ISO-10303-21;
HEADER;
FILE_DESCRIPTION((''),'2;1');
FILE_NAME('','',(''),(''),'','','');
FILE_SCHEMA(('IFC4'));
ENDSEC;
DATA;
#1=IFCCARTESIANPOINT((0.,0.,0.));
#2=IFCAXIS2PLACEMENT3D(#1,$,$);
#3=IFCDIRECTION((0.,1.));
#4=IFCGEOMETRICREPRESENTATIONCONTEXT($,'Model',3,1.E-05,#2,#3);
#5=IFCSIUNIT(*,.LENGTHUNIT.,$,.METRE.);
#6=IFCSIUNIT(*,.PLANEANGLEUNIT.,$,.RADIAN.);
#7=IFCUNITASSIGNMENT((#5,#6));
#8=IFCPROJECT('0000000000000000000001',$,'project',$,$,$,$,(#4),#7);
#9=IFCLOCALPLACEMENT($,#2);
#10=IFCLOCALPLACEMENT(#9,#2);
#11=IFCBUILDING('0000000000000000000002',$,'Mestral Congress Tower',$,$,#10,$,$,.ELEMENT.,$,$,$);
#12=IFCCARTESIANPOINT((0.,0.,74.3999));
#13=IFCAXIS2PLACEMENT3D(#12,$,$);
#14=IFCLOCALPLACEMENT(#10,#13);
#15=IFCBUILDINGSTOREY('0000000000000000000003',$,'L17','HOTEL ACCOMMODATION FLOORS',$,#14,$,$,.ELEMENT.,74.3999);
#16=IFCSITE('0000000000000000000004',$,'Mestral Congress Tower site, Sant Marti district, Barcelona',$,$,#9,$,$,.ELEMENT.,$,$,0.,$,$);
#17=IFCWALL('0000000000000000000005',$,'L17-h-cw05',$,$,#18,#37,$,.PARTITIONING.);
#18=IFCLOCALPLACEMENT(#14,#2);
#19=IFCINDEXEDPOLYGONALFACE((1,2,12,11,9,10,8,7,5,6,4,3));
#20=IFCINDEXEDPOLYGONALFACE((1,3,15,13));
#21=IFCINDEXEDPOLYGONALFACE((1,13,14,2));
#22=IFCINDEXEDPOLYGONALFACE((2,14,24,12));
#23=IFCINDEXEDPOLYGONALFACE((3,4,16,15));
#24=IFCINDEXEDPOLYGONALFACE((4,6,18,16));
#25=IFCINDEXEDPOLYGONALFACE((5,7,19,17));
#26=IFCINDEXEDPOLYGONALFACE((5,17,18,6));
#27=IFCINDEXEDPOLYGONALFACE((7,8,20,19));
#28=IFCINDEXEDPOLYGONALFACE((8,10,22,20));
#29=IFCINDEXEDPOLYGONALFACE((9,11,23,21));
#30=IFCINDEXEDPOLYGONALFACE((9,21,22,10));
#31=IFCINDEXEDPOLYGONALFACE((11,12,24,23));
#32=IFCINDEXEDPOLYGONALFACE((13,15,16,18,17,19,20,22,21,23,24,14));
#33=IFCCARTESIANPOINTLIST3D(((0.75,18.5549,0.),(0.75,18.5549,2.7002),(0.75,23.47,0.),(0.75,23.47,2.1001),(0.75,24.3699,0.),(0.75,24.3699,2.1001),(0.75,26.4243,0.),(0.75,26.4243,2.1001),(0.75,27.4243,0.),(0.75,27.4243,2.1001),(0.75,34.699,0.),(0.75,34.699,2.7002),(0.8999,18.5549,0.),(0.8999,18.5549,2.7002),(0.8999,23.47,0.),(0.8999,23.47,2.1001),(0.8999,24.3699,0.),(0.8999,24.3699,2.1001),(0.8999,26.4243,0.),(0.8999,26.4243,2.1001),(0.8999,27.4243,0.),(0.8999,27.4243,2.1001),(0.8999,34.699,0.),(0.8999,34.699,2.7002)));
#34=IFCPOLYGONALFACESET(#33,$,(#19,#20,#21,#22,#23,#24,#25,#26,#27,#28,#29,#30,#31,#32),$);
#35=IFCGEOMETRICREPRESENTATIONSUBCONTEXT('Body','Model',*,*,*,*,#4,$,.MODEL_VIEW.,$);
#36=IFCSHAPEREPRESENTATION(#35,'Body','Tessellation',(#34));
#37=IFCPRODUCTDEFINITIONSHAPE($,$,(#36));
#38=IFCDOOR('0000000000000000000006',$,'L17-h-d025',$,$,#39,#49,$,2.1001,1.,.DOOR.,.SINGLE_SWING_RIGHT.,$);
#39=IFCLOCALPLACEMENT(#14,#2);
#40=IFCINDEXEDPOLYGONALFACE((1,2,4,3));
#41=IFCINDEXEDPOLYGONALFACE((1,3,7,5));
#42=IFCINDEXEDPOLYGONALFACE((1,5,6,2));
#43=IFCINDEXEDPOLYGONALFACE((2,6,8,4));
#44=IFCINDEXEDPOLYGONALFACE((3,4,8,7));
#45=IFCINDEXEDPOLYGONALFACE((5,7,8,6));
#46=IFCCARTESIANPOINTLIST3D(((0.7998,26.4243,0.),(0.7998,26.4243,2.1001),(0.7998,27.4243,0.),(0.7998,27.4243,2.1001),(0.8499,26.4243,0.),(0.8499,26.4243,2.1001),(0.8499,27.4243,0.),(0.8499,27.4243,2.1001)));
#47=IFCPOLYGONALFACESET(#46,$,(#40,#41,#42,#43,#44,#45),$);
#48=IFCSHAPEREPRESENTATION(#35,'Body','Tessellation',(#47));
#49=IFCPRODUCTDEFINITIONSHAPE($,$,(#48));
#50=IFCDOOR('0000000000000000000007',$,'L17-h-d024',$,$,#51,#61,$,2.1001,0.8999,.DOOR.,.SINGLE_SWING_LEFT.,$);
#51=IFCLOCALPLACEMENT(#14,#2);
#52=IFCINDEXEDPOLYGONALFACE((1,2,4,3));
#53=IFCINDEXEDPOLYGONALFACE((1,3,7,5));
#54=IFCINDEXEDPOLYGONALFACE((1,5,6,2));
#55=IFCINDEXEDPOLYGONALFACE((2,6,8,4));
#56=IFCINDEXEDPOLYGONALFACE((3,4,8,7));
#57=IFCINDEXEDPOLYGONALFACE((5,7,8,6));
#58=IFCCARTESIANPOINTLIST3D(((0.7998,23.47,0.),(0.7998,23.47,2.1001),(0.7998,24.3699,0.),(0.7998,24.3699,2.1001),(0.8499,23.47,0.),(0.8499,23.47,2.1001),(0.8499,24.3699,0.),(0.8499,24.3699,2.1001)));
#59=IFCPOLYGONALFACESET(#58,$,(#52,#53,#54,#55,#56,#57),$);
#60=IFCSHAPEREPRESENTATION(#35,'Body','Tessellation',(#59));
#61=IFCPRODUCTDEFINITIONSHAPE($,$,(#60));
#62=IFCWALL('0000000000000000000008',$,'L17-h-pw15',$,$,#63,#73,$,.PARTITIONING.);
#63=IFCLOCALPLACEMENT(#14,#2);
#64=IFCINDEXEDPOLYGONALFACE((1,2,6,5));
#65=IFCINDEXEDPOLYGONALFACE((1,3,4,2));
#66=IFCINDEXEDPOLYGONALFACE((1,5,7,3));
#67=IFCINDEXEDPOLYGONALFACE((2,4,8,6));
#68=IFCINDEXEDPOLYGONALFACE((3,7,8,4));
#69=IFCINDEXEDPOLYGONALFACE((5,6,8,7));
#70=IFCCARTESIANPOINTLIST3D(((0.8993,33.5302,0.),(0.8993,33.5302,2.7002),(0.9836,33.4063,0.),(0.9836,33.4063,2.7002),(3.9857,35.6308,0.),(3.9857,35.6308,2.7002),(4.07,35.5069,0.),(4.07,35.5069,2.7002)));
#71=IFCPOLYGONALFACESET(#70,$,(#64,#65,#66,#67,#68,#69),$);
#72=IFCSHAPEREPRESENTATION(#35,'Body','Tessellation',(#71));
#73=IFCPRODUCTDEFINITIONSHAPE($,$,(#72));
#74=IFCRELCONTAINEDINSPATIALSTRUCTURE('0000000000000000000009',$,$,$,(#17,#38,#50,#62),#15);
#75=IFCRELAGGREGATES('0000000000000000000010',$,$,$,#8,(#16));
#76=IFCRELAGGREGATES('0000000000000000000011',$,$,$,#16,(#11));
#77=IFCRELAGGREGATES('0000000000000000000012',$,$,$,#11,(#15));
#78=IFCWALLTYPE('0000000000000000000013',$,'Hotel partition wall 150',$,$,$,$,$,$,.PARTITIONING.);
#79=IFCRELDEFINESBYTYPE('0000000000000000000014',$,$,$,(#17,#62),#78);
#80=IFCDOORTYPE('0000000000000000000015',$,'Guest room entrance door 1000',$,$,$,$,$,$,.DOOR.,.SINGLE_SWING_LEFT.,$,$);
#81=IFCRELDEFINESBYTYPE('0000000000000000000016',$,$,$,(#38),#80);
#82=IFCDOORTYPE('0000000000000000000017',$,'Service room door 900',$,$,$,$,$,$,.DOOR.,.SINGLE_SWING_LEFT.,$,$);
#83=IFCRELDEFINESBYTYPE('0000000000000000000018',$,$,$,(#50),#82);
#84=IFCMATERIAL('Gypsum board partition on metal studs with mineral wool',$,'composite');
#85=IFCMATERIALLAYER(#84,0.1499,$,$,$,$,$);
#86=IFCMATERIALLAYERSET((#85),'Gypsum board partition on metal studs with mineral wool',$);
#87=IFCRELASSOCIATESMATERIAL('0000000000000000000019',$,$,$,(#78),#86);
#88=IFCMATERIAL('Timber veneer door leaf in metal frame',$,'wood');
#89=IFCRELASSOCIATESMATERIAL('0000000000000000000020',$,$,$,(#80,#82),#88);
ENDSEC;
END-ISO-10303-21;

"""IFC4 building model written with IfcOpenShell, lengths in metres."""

from ifc_helpers import new_model, si_unit, direction, frame, frame_2d, origin, place, context, subcontext, project, spatial, rectangle, extrude, material, layer, layer_set, type_object, element, fill, save


model = new_model("IFC4")

# Units and contexts
model_context = context("Model", 3, precision=1e-05, world=origin(), true_north=direction((0.0, 1.0)))
body_context = subcontext(model_context, "Body", "Model", "MODEL_VIEW")
ifc_project = project(units=[si_unit("LENGTHUNIT", "METRE"), si_unit("PLANEANGLEUNIT", "RADIAN")], contexts=[model_context])

# Site, building, storey
site_placement = place(None, origin())
site = spatial("IfcSite", under=ifc_project, at=site_placement, Name="Mestral Congress Tower site, Sant Marti district, Barcelona", CompositionType="ELEMENT", RefElevation=0.0)
building_placement = place(site_placement, origin())
building = spatial("IfcBuilding", under=site, at=building_placement, Name="Mestral Congress Tower", CompositionType="ELEMENT")
storey_placement = place(building_placement, frame((0.0, 0.0, 74.3999)))
storey = spatial("IfcBuildingStorey", under=building, at=storey_placement, Name="L17", Description="HOTEL ACCOMMODATION FLOORS", CompositionType="ELEMENT", Elevation=74.3999)

# Shared definitions
ifc_material_1 = material(Name="Gypsum board partition on metal studs with mineral wool", Category="composite")

# Wall, openings, doors
ifc_layer_1 = layer(ifc_material_1, 0.1499)
ifc_layer_set_1 = layer_set([ifc_layer_1], Name="Gypsum board partition on metal studs with mineral wool")
wall_type_1 = type_object("IfcWallType", Name="Hotel partition wall 150", PredefinedType="PARTITIONING", material=ifc_layer_set_1)
wall_1_placement = place(storey_placement, frame((0.825, 34.699, 0.0), z_axis=(0.0, 0.0, 1.0), x_axis=(0.0, -1.0, 0.0)))
wall_1 = element("IfcWall", 1, at=wall_1_placement, inside=storey, type_object=wall_type_1, Name="L17-h-cw05", PredefinedType="PARTITIONING", context=body_context, shape_type="SweptSolid", body=[
    extrude(rectangle(XDim=16.144, YDim=0.1499, at=frame_2d((8.072, 0.0))), origin(), (0.0, 0.0, 1.0), 2.7002),
])
opening_1_placement = place(wall_1_placement, frame((10.3291, 0.0, 0.0)))
opening_1 = element("IfcOpeningElement", 2, at=opening_1_placement, cuts=wall_1, PredefinedType="OPENING", context=body_context, shape_type="SweptSolid", body=[
    extrude(rectangle(XDim=0.8999, YDim=2.1001, at=frame_2d((0.45, 1.05))), frame((0.0, 0.085, 0.0), z_axis=(0.0, -1.0, 0.0), x_axis=(1.0, 0.0, 0.0)), (0.0, 0.0, 1.0), 0.1699),
])
opening_2_placement = place(wall_1_placement, frame((7.2747, 0.0, 0.0)))
opening_2 = element("IfcOpeningElement", 3, at=opening_2_placement, cuts=wall_1, PredefinedType="OPENING", context=body_context, shape_type="SweptSolid", body=[
    extrude(rectangle(XDim=1.0, YDim=2.1001, at=frame_2d((0.5, 1.05))), frame((0.0, 0.085, 0.0), z_axis=(0.0, -1.0, 0.0), x_axis=(1.0, 0.0, 0.0)), (0.0, 0.0, 1.0), 0.1699),
])
ifc_material_2 = material(Name="Timber veneer door leaf in metal frame", Category="wood")
door_type_1 = type_object("IfcDoorType", Name="Guest room entrance door 1000", OperationType="SINGLE_SWING_LEFT", PredefinedType="DOOR", material=ifc_material_2)
door_1_placement = place(opening_2_placement, origin())
door_1 = element("IfcDoor", 4, at=door_1_placement, inside=storey, type_object=door_type_1, Name="L17-h-d025", OperationType="SINGLE_SWING_RIGHT", OverallHeight=2.1001, OverallWidth=1.0, PredefinedType="DOOR", context=body_context, shape_type="SweptSolid", body=[
    extrude(rectangle(XDim=1.0, YDim=2.1001, at=frame_2d((0.5, 1.05))), frame((0.0, 0.0249, 0.0), z_axis=(0.0, -1.0, 0.0), x_axis=(1.0, 0.0, 0.0)), (0.0, 0.0, 1.0), 0.05),
])
fill(opening_2, door_1)
door_type_2 = type_object("IfcDoorType", Name="Service room door 900", OperationType="SINGLE_SWING_LEFT", PredefinedType="DOOR", material=ifc_material_2)
door_2_placement = place(opening_1_placement, origin())
door_2 = element("IfcDoor", 5, at=door_2_placement, inside=storey, type_object=door_type_2, Name="L17-h-d024", OperationType="SINGLE_SWING_LEFT", OverallHeight=2.1001, OverallWidth=0.8999, PredefinedType="DOOR", context=body_context, shape_type="SweptSolid", body=[
    extrude(rectangle(XDim=0.8999, YDim=2.1001, at=frame_2d((0.45, 1.05))), frame((0.0, 0.0249, 0.0), z_axis=(0.0, -1.0, 0.0), x_axis=(1.0, 0.0, 0.0)), (0.0, 0.0, 1.0), 0.05),
])
fill(opening_1, door_2)

# Wall
wall_2_placement = place(storey_placement, frame((4.0278, 35.5688, 0.0), z_axis=(0.0, 0.0, 1.0), x_axis=(-0.8267, -0.562643, 0.0)))
element("IfcWall", 6, at=wall_2_placement, inside=storey, type_object=wall_type_1, Name="L17-h-pw15", PredefinedType="PARTITIONING", context=body_context, shape_type="SweptSolid", body=[
    extrude(rectangle(XDim=3.7334, YDim=0.1499, at=frame_2d((1.8667, 0.0))), origin(), (0.0, 0.0, 1.0), 2.7002),
])

save(model, "model.ifc")
